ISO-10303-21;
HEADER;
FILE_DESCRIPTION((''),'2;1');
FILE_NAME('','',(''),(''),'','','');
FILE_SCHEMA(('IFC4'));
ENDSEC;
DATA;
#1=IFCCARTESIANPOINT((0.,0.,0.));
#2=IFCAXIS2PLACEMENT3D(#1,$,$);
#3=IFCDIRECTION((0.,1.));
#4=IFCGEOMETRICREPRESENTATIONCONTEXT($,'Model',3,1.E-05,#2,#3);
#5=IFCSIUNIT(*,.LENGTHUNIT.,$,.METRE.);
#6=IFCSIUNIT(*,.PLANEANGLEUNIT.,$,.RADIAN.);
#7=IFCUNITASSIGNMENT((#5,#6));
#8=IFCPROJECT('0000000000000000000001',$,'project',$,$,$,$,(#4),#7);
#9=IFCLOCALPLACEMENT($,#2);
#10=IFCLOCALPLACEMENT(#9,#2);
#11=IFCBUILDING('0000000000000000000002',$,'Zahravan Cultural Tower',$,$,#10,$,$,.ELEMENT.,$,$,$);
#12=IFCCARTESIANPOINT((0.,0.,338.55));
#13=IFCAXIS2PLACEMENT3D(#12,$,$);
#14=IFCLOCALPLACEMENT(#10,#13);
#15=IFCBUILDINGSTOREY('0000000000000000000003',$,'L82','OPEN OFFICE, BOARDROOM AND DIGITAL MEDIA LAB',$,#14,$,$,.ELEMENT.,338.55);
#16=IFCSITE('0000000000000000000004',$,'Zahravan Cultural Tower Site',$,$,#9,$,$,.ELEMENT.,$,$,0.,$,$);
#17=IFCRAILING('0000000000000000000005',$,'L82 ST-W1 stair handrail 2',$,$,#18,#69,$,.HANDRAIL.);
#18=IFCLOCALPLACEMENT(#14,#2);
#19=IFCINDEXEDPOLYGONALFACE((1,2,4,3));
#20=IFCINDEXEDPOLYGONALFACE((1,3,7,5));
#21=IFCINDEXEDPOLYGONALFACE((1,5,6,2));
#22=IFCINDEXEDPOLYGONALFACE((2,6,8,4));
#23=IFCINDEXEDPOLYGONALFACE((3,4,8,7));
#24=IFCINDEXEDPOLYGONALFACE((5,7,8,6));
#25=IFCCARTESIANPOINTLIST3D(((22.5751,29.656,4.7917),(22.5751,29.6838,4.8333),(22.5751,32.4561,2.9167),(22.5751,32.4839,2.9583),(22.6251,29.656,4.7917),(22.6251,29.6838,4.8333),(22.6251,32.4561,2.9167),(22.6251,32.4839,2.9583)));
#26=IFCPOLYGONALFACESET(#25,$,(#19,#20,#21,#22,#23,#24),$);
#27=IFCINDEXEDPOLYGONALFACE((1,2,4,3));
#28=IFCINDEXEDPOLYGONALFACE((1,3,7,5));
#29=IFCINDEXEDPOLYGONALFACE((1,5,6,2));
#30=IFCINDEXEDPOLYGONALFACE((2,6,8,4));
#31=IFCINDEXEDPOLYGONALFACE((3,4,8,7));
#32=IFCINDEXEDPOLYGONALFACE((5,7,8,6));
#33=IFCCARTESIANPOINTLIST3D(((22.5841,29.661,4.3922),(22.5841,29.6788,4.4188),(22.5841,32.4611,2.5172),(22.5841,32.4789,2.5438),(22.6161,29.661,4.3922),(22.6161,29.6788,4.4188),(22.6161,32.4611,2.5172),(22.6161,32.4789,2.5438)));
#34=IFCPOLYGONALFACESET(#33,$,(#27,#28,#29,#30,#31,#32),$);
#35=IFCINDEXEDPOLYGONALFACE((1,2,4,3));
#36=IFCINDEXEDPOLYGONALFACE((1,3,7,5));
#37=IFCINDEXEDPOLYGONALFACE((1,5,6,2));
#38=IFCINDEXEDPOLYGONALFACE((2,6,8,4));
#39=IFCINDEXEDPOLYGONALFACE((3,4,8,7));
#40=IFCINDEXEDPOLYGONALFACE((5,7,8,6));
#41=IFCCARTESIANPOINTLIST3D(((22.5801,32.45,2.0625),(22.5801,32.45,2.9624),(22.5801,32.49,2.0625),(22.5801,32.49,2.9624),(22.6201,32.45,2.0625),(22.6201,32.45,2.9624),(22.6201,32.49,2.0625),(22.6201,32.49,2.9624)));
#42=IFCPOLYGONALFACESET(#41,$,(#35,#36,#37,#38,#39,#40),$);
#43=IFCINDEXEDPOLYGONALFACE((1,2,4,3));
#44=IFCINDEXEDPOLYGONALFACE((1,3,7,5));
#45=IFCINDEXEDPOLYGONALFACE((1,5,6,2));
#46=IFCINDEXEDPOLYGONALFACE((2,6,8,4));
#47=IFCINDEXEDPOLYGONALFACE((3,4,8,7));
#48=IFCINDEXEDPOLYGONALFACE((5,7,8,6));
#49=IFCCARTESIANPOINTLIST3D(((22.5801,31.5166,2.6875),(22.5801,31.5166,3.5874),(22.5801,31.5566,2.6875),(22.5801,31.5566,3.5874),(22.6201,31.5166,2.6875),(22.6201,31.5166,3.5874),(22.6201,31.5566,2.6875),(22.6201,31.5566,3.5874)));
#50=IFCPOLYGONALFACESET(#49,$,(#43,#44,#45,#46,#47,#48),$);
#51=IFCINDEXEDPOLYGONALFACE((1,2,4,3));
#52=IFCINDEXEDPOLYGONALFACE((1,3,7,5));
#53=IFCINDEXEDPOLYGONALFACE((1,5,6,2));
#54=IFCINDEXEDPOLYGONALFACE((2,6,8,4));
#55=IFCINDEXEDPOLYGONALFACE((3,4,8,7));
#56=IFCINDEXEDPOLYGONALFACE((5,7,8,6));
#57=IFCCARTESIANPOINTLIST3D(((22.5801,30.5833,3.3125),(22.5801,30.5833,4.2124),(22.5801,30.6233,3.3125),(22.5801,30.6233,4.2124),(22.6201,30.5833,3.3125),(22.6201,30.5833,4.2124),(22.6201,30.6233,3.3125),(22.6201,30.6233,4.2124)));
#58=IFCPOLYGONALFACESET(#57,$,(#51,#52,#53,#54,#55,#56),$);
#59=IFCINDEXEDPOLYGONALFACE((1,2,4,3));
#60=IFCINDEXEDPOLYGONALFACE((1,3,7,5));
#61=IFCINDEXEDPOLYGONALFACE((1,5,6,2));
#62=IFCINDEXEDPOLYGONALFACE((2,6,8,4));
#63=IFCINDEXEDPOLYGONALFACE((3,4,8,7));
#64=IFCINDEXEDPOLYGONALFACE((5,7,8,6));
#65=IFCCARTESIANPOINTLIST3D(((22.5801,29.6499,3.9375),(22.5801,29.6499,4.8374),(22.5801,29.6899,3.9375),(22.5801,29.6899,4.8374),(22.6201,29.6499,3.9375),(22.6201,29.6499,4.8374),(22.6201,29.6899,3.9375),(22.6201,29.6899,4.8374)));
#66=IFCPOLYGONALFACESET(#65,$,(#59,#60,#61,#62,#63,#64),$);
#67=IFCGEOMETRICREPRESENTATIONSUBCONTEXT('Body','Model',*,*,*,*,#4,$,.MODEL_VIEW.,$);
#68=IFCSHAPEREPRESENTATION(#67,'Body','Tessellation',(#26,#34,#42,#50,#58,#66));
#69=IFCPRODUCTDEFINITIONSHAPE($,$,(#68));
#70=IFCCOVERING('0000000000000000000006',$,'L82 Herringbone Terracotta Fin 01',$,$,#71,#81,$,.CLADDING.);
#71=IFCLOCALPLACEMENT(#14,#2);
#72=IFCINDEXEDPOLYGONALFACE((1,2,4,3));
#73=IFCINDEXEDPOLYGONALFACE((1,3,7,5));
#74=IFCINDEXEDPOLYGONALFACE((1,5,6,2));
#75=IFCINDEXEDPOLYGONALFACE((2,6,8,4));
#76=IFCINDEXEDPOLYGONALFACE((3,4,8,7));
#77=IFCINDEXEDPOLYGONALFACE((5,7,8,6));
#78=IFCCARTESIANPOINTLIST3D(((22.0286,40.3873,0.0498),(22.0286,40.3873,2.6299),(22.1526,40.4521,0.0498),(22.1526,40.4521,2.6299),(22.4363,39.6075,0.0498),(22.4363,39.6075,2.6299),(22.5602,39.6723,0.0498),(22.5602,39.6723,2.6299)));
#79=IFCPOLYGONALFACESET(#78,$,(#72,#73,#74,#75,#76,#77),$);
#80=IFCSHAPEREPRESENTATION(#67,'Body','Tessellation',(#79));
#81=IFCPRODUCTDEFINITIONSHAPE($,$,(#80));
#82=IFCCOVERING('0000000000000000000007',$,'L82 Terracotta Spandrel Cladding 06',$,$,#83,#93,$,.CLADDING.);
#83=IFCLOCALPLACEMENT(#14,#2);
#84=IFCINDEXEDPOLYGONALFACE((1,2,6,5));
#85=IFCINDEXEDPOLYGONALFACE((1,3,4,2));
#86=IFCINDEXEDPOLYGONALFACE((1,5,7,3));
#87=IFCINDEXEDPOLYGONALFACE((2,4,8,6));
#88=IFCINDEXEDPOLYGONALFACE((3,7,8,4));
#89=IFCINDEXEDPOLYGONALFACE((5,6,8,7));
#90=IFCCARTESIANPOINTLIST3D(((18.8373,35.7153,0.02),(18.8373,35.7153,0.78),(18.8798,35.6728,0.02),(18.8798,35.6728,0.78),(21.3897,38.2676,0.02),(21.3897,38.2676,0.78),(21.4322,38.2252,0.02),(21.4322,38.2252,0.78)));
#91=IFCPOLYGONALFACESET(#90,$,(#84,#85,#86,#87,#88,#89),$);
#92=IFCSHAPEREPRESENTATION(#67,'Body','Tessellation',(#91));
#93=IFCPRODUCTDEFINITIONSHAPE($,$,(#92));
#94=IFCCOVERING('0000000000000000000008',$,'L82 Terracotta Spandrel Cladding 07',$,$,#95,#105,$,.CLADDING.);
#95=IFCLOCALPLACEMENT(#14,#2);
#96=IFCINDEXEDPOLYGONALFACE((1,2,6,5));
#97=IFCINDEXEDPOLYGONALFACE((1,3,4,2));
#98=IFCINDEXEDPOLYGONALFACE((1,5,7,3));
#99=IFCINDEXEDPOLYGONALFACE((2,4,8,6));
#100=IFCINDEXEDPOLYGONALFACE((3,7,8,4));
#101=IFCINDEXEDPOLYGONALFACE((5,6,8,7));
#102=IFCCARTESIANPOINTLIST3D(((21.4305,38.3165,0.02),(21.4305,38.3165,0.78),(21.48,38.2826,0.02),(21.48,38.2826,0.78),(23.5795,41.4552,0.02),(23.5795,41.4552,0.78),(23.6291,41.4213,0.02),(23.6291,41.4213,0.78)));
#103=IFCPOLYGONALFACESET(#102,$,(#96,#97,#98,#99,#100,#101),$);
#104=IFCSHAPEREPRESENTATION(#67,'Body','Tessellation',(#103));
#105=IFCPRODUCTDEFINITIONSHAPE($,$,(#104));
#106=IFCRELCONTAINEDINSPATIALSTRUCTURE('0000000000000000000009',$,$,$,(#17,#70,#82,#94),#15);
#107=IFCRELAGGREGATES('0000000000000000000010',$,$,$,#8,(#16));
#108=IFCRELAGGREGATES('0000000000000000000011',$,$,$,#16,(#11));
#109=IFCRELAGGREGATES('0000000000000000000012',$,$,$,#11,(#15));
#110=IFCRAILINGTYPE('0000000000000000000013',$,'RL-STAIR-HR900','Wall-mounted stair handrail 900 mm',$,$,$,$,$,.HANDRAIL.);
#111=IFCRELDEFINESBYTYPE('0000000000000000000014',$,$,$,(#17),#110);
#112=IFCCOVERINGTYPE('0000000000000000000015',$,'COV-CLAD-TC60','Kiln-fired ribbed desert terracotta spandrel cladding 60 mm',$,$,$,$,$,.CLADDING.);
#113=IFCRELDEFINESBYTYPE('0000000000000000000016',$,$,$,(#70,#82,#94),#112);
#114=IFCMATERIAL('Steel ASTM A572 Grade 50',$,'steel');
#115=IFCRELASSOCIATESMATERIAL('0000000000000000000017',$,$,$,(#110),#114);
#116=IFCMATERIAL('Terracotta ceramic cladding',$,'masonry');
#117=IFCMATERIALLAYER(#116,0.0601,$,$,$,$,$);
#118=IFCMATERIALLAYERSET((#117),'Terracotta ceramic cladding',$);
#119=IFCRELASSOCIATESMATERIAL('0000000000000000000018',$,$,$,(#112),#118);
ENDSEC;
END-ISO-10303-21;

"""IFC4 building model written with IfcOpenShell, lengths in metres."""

from ifc_helpers import new_model, si_unit, direction, frame, origin, origin_2d, place, context, subcontext, project, spatial, rectangle, extrude, source, transform, mapped, material, layer, layer_set, type_object, element, save


model = new_model("IFC4")

# Units and contexts
model_context = context("Model", 3, precision=1e-05, world=origin(), true_north=direction((0.0, 1.0)))
body_context = subcontext(model_context, "Body", "Model", "MODEL_VIEW")
ifc_project = project(units=[si_unit("LENGTHUNIT", "METRE"), si_unit("PLANEANGLEUNIT", "RADIAN")], contexts=[model_context])

# Site, building, storey
site_placement = place(None, origin())
site = spatial("IfcSite", under=ifc_project, at=site_placement, Name="Zahravan Cultural Tower Site", CompositionType="ELEMENT", RefElevation=0.0)
building_placement = place(site_placement, origin())
building = spatial("IfcBuilding", under=site, at=building_placement, Name="Zahravan Cultural Tower", CompositionType="ELEMENT")
storey_placement = place(building_placement, frame((0.0, 0.0, 338.55)))
storey = spatial("IfcBuildingStorey", under=building, at=storey_placement, Name="L82", Description="OPEN OFFICE, BOARDROOM AND DIGITAL MEDIA LAB", CompositionType="ELEMENT", Elevation=338.55)

# Railing
ifc_material_1 = material(Name="Steel ASTM A572 Grade 50", Category="steel")
railing_type = type_object("IfcRailingType", Name="RL-STAIR-HR900", Description="Wall-mounted stair handrail 900 mm", PredefinedType="HANDRAIL", material=ifc_material_1)
railing_placement = place(storey_placement, frame((22.6001, 32.47, 2.0625)))
element("IfcRailing", 1, at=railing_placement, inside=storey, type_object=railing_type, Name="L82 ST-W1 stair handrail 2", PredefinedType="HANDRAIL", context=body_context, shape_type="SweptSolid", body=[
    extrude(rectangle(XDim=0.05, YDim=0.05, at=origin_2d()), frame((0.0, 0.0, 0.875), z_axis=(0.0, -0.830912, 0.556404), x_axis=(1.0, 0.0, 0.0)), (0.0, 0.0, 1.0), 3.3699),
    extrude(rectangle(XDim=0.032, YDim=0.032, at=origin_2d()), frame((0.0, 0.0, 0.468), z_axis=(0.0, -0.830912, 0.556404), x_axis=(1.0, 0.0, 0.0)), (0.0, 0.0, 1.0), 3.3699),
    extrude(rectangle(XDim=0.04, YDim=0.04, at=origin_2d()), origin(), (0.0, 0.0, 1.0), 0.8999),
    extrude(rectangle(XDim=0.04, YDim=0.04, at=origin_2d()), frame((0.0, -0.9333, 0.625)), (0.0, 0.0, 1.0), 0.8999),
    extrude(rectangle(XDim=0.04, YDim=0.04, at=origin_2d()), frame((0.0, -1.8667, 1.25)), (0.0, 0.0, 1.0), 0.8999),
    extrude(rectangle(XDim=0.04, YDim=0.04, at=origin_2d()), frame((0.0, -2.8, 1.875)), (0.0, 0.0, 1.0), 0.8999),
])

# Coverings
ifc_material_2 = material(Name="Terracotta ceramic cladding", Category="masonry")
ifc_layer_1 = layer(ifc_material_2, 0.0601)
ifc_layer_set_1 = layer_set([ifc_layer_1], Name="Terracotta ceramic cladding")
covering_type = type_object("IfcCoveringType", Name="COV-CLAD-TC60", Description="Kiln-fired ribbed desert terracotta spandrel cladding 60 mm", PredefinedType="CLADDING", material=ifc_layer_set_1)
shared_shape_1 = source(origin(), body_context, "Body", "SweptSolid", [
    extrude(rectangle(XDim=0.8799, YDim=0.1399, at=origin_2d()), origin(), (0.0, 0.0, 1.0), 2.5801),
])
covering_1_placement = place(storey_placement, frame((22.2944, 40.0298, 0.0498), z_axis=(0.0, 0.0, 1.0), x_axis=(-0.463312, 0.886195, 0.0)))
element("IfcCovering", 2, at=covering_1_placement, inside=storey, type_object=covering_type, Name="L82 Herringbone Terracotta Fin 01", PredefinedType="CLADDING", context=body_context, shape_type="MappedRepresentation", body=[
    mapped(shared_shape_1, transform((0.0, 0.0, 0.0), x_axis=(1.0, 0.0, 0.0), y_axis=(0.0, 1.0, 0.0), z_axis=(0.0, 0.0, 1.0), scale=1.0)),
])
shared_shape_2 = source(origin(), body_context, "Body", "SweptSolid", [
    extrude(rectangle(XDim=3.6096, YDim=0.0601, at=origin_2d()), origin(), (0.0, 0.0, 1.0), 0.76),
])
covering_2_placement = place(storey_placement, frame((20.1348, 36.9702, 0.02), z_axis=(0.0, 0.0, 1.0), x_axis=(0.707107, 0.707107, 0.0)))
element("IfcCovering", 3, at=covering_2_placement, inside=storey, type_object=covering_type, Name="L82 Terracotta Spandrel Cladding 06", PredefinedType="CLADDING", context=body_context, shape_type="MappedRepresentation", body=[
    mapped(shared_shape_2, transform((0.0, 0.0, 0.0), x_axis=(1.0, 0.0, 0.0), y_axis=(0.0, 1.0, 0.0), z_axis=(0.0, 0.0, 1.0), scale=1.0)),
])
shared_shape_3 = source(origin(), body_context, "Body", "SweptSolid", [
    extrude(rectangle(XDim=3.804, YDim=0.0601, at=origin_2d()), origin(), (0.0, 0.0, 1.0), 0.76),
])
covering_3_placement = place(storey_placement, frame((22.5298, 39.8689, 0.02), z_axis=(0.0, 0.0, 1.0), x_axis=(0.564953, 0.825123, 0.0)))
element("IfcCovering", 4, at=covering_3_placement, inside=storey, type_object=covering_type, Name="L82 Terracotta Spandrel Cladding 07", PredefinedType="CLADDING", context=body_context, shape_type="MappedRepresentation", body=[
    mapped(shared_shape_3, transform((0.0, 0.0, 0.0), x_axis=(1.0, 0.0, 0.0), y_axis=(0.0, 1.0, 0.0), z_axis=(0.0, 0.0, 1.0), scale=1.0)),
])

save(model, "model.ifc")
